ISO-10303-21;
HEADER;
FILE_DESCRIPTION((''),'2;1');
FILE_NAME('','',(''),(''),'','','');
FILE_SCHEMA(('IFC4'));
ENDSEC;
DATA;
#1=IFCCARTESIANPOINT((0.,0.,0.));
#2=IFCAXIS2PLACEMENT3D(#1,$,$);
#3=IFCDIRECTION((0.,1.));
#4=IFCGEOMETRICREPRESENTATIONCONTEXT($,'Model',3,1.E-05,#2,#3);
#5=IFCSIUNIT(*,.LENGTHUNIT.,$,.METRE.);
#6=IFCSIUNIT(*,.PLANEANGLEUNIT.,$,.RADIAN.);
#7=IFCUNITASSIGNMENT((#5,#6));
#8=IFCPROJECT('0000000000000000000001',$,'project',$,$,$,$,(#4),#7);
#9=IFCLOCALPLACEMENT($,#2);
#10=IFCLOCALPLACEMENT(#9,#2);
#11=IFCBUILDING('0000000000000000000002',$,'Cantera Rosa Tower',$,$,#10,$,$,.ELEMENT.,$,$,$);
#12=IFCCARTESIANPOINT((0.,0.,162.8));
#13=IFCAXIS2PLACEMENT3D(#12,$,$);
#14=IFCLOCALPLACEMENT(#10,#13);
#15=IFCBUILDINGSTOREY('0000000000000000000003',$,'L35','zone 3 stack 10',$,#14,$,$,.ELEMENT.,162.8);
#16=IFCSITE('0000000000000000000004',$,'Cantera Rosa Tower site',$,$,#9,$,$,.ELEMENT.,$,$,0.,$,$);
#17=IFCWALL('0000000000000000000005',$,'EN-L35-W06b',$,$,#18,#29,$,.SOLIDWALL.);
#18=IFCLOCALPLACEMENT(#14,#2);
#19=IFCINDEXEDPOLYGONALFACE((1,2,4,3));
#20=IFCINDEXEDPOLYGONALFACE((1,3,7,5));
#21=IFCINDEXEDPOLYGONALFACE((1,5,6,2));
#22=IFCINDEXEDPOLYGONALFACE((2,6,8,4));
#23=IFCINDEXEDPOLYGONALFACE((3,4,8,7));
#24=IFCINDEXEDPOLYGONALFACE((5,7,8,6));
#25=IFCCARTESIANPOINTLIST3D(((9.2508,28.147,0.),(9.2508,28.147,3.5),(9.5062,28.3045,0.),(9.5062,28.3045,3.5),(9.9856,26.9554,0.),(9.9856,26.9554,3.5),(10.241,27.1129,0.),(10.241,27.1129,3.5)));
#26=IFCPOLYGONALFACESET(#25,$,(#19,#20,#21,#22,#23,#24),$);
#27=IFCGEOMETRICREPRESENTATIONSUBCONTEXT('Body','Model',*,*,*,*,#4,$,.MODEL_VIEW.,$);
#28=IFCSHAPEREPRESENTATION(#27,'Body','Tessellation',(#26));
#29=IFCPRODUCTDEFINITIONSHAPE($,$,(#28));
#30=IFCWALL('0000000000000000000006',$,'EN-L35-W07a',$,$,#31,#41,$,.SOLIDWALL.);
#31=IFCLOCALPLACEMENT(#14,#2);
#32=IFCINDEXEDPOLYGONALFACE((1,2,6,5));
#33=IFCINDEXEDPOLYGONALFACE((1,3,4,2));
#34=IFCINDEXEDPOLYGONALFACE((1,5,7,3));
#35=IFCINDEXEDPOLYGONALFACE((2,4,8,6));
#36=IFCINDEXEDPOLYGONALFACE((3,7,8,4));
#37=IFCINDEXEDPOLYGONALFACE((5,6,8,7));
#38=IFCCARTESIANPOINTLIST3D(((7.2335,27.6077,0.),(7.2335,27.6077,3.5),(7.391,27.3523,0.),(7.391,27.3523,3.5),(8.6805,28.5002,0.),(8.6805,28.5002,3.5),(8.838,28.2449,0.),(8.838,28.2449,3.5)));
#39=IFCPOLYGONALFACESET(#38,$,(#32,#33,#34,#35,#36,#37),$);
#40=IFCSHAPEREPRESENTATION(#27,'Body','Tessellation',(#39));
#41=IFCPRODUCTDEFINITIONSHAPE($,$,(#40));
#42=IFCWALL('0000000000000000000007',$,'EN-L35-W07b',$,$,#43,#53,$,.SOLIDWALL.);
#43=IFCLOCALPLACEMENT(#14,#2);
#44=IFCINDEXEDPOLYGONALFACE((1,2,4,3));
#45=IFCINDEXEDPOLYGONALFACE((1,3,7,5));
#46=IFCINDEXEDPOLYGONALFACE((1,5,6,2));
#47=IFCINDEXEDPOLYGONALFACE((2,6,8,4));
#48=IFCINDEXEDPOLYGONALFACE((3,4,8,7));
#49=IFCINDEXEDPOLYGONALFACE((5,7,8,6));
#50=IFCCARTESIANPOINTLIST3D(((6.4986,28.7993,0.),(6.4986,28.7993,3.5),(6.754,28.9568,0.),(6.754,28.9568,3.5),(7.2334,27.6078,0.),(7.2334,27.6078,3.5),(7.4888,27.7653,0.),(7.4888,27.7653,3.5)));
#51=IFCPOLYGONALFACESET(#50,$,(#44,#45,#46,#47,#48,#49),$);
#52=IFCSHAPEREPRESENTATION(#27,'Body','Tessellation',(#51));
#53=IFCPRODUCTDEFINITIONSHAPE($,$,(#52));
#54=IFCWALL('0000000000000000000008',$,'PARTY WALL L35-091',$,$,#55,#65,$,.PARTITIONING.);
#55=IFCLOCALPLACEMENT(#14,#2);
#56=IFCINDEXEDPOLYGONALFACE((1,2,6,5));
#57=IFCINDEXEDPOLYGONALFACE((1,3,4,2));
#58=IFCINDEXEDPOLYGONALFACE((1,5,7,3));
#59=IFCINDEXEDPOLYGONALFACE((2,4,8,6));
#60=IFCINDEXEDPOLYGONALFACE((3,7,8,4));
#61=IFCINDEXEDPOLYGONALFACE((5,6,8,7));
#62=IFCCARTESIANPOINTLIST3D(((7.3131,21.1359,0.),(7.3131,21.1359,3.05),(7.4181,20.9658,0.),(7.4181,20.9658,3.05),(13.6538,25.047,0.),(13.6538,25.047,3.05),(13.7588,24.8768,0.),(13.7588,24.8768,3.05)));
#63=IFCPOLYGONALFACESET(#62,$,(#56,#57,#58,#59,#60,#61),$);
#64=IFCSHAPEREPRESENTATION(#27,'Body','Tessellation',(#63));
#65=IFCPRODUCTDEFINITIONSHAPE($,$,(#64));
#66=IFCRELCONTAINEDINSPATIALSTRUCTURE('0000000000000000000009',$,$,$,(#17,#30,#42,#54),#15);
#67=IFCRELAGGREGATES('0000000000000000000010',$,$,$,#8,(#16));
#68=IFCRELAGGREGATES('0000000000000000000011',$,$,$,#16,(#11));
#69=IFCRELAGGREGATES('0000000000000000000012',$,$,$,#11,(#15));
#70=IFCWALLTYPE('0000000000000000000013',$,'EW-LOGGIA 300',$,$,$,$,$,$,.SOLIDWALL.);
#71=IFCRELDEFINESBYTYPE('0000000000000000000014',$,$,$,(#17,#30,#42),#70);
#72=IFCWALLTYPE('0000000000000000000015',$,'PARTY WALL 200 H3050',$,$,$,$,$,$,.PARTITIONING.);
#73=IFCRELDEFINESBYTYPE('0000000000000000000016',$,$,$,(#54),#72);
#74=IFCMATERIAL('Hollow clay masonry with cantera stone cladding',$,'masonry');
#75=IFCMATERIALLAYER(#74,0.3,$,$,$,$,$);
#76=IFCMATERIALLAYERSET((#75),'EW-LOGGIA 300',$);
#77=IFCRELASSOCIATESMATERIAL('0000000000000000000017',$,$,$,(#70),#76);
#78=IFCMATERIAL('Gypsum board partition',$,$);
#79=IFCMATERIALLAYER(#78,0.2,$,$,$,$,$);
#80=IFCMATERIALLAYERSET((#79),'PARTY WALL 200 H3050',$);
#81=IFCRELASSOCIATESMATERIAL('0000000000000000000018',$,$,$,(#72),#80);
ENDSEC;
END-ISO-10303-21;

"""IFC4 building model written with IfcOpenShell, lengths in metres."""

from ifc_helpers import new_model, si_unit, direction, frame, frame_2d, origin, place, context, subcontext, project, spatial, rectangle, extrude, material, layer, layer_set, type_object, element, save


model = new_model("IFC4")

# Units and contexts
model_context = context("Model", 3, precision=1e-05, world=origin(), true_north=direction((0.0, 1.0)))
body_context = subcontext(model_context, "Body", "Model", "MODEL_VIEW")
ifc_project = project(units=[si_unit("LENGTHUNIT", "METRE"), si_unit("PLANEANGLEUNIT", "RADIAN")], contexts=[model_context])

# Site, building, storey
site_placement = place(None, origin())
site = spatial("IfcSite", under=ifc_project, at=site_placement, Name="Cantera Rosa Tower site", CompositionType="ELEMENT", RefElevation=0.0)
building_placement = place(site_placement, origin())
building = spatial("IfcBuilding", under=site, at=building_placement, Name="Cantera Rosa Tower", CompositionType="ELEMENT")
storey_placement = place(building_placement, frame((0.0, 0.0, 162.8)))
storey = spatial("IfcBuildingStorey", under=building, at=storey_placement, Name="L35", Description="zone 3 stack 10", CompositionType="ELEMENT", Elevation=162.8)

# Walls
ifc_material_1 = material(Name="Hollow clay masonry with cantera stone cladding", Category="masonry")
ifc_layer_1 = layer(ifc_material_1, 0.3)
ifc_layer_set_1 = layer_set([ifc_layer_1], Name="EW-LOGGIA 300")
wall_type_1 = type_object("IfcWallType", Name="EW-LOGGIA 300", PredefinedType="SOLIDWALL", material=ifc_layer_set_1)
wall_1_placement = place(storey_placement, frame((10.1133, 27.0342, 0.0), z_axis=(0.0, 0.0, 1.0), x_axis=(-0.524895, 0.851167, 0.0)))
element("IfcWall", 1, at=wall_1_placement, inside=storey, type_object=wall_type_1, Name="EN-L35-W06b", PredefinedType="SOLIDWALL", context=body_context, shape_type="SweptSolid", body=[
    extrude(rectangle(XDim=1.3999, YDim=0.3, at=frame_2d((0.7, 0.0))), origin(), (0.0, 0.0, 1.0), 3.5),
])
wall_2_placement = place(storey_placement, frame((8.7593, 28.3726, 0.0), z_axis=(0.0, 0.0, 1.0), x_axis=(-0.851106, -0.524994, 0.0)))
element("IfcWall", 2, at=wall_2_placement, inside=storey, type_object=wall_type_1, Name="EN-L35-W07a", PredefinedType="SOLIDWALL", context=body_context, shape_type="SweptSolid", body=[
    extrude(rectangle(XDim=1.7002, YDim=0.3, at=frame_2d((0.8501, 0.0))), origin(), (0.0, 0.0, 1.0), 3.5),
])
wall_3_placement = place(storey_placement, frame((7.3611, 27.6865, 0.0), z_axis=(0.0, 0.0, 1.0), x_axis=(-0.524895, 0.851167, 0.0)))
element("IfcWall", 3, at=wall_3_placement, inside=storey, type_object=wall_type_1, Name="EN-L35-W07b", PredefinedType="SOLIDWALL", context=body_context, shape_type="SweptSolid", body=[
    extrude(rectangle(XDim=1.3999, YDim=0.3, at=frame_2d((0.7, 0.0))), origin(), (0.0, 0.0, 1.0), 3.5),
])
ifc_material_2 = material(Name="Gypsum board partition")
ifc_layer_2 = layer(ifc_material_2, 0.2)
ifc_layer_set_2 = layer_set([ifc_layer_2], Name="PARTY WALL 200 H3050")
wall_type_2 = type_object("IfcWallType", Name="PARTY WALL 200 H3050", PredefinedType="PARTITIONING", material=ifc_layer_set_2)
wall_4_placement = place(storey_placement, frame((7.3655, 21.0508, 0.0), z_axis=(0.0, 0.0, 1.0), x_axis=(0.851113, 0.524982, 0.0)))
element("IfcWall", 4, at=wall_4_placement, inside=storey, type_object=wall_type_2, Name="PARTY WALL L35-091", PredefinedType="PARTITIONING", context=body_context, shape_type="SweptSolid", body=[
    extrude(rectangle(XDim=7.45, YDim=0.2, at=frame_2d((3.7251, 0.0))), origin(), (0.0, 0.0, 1.0), 3.05),
])

save(model, "model.ifc")
